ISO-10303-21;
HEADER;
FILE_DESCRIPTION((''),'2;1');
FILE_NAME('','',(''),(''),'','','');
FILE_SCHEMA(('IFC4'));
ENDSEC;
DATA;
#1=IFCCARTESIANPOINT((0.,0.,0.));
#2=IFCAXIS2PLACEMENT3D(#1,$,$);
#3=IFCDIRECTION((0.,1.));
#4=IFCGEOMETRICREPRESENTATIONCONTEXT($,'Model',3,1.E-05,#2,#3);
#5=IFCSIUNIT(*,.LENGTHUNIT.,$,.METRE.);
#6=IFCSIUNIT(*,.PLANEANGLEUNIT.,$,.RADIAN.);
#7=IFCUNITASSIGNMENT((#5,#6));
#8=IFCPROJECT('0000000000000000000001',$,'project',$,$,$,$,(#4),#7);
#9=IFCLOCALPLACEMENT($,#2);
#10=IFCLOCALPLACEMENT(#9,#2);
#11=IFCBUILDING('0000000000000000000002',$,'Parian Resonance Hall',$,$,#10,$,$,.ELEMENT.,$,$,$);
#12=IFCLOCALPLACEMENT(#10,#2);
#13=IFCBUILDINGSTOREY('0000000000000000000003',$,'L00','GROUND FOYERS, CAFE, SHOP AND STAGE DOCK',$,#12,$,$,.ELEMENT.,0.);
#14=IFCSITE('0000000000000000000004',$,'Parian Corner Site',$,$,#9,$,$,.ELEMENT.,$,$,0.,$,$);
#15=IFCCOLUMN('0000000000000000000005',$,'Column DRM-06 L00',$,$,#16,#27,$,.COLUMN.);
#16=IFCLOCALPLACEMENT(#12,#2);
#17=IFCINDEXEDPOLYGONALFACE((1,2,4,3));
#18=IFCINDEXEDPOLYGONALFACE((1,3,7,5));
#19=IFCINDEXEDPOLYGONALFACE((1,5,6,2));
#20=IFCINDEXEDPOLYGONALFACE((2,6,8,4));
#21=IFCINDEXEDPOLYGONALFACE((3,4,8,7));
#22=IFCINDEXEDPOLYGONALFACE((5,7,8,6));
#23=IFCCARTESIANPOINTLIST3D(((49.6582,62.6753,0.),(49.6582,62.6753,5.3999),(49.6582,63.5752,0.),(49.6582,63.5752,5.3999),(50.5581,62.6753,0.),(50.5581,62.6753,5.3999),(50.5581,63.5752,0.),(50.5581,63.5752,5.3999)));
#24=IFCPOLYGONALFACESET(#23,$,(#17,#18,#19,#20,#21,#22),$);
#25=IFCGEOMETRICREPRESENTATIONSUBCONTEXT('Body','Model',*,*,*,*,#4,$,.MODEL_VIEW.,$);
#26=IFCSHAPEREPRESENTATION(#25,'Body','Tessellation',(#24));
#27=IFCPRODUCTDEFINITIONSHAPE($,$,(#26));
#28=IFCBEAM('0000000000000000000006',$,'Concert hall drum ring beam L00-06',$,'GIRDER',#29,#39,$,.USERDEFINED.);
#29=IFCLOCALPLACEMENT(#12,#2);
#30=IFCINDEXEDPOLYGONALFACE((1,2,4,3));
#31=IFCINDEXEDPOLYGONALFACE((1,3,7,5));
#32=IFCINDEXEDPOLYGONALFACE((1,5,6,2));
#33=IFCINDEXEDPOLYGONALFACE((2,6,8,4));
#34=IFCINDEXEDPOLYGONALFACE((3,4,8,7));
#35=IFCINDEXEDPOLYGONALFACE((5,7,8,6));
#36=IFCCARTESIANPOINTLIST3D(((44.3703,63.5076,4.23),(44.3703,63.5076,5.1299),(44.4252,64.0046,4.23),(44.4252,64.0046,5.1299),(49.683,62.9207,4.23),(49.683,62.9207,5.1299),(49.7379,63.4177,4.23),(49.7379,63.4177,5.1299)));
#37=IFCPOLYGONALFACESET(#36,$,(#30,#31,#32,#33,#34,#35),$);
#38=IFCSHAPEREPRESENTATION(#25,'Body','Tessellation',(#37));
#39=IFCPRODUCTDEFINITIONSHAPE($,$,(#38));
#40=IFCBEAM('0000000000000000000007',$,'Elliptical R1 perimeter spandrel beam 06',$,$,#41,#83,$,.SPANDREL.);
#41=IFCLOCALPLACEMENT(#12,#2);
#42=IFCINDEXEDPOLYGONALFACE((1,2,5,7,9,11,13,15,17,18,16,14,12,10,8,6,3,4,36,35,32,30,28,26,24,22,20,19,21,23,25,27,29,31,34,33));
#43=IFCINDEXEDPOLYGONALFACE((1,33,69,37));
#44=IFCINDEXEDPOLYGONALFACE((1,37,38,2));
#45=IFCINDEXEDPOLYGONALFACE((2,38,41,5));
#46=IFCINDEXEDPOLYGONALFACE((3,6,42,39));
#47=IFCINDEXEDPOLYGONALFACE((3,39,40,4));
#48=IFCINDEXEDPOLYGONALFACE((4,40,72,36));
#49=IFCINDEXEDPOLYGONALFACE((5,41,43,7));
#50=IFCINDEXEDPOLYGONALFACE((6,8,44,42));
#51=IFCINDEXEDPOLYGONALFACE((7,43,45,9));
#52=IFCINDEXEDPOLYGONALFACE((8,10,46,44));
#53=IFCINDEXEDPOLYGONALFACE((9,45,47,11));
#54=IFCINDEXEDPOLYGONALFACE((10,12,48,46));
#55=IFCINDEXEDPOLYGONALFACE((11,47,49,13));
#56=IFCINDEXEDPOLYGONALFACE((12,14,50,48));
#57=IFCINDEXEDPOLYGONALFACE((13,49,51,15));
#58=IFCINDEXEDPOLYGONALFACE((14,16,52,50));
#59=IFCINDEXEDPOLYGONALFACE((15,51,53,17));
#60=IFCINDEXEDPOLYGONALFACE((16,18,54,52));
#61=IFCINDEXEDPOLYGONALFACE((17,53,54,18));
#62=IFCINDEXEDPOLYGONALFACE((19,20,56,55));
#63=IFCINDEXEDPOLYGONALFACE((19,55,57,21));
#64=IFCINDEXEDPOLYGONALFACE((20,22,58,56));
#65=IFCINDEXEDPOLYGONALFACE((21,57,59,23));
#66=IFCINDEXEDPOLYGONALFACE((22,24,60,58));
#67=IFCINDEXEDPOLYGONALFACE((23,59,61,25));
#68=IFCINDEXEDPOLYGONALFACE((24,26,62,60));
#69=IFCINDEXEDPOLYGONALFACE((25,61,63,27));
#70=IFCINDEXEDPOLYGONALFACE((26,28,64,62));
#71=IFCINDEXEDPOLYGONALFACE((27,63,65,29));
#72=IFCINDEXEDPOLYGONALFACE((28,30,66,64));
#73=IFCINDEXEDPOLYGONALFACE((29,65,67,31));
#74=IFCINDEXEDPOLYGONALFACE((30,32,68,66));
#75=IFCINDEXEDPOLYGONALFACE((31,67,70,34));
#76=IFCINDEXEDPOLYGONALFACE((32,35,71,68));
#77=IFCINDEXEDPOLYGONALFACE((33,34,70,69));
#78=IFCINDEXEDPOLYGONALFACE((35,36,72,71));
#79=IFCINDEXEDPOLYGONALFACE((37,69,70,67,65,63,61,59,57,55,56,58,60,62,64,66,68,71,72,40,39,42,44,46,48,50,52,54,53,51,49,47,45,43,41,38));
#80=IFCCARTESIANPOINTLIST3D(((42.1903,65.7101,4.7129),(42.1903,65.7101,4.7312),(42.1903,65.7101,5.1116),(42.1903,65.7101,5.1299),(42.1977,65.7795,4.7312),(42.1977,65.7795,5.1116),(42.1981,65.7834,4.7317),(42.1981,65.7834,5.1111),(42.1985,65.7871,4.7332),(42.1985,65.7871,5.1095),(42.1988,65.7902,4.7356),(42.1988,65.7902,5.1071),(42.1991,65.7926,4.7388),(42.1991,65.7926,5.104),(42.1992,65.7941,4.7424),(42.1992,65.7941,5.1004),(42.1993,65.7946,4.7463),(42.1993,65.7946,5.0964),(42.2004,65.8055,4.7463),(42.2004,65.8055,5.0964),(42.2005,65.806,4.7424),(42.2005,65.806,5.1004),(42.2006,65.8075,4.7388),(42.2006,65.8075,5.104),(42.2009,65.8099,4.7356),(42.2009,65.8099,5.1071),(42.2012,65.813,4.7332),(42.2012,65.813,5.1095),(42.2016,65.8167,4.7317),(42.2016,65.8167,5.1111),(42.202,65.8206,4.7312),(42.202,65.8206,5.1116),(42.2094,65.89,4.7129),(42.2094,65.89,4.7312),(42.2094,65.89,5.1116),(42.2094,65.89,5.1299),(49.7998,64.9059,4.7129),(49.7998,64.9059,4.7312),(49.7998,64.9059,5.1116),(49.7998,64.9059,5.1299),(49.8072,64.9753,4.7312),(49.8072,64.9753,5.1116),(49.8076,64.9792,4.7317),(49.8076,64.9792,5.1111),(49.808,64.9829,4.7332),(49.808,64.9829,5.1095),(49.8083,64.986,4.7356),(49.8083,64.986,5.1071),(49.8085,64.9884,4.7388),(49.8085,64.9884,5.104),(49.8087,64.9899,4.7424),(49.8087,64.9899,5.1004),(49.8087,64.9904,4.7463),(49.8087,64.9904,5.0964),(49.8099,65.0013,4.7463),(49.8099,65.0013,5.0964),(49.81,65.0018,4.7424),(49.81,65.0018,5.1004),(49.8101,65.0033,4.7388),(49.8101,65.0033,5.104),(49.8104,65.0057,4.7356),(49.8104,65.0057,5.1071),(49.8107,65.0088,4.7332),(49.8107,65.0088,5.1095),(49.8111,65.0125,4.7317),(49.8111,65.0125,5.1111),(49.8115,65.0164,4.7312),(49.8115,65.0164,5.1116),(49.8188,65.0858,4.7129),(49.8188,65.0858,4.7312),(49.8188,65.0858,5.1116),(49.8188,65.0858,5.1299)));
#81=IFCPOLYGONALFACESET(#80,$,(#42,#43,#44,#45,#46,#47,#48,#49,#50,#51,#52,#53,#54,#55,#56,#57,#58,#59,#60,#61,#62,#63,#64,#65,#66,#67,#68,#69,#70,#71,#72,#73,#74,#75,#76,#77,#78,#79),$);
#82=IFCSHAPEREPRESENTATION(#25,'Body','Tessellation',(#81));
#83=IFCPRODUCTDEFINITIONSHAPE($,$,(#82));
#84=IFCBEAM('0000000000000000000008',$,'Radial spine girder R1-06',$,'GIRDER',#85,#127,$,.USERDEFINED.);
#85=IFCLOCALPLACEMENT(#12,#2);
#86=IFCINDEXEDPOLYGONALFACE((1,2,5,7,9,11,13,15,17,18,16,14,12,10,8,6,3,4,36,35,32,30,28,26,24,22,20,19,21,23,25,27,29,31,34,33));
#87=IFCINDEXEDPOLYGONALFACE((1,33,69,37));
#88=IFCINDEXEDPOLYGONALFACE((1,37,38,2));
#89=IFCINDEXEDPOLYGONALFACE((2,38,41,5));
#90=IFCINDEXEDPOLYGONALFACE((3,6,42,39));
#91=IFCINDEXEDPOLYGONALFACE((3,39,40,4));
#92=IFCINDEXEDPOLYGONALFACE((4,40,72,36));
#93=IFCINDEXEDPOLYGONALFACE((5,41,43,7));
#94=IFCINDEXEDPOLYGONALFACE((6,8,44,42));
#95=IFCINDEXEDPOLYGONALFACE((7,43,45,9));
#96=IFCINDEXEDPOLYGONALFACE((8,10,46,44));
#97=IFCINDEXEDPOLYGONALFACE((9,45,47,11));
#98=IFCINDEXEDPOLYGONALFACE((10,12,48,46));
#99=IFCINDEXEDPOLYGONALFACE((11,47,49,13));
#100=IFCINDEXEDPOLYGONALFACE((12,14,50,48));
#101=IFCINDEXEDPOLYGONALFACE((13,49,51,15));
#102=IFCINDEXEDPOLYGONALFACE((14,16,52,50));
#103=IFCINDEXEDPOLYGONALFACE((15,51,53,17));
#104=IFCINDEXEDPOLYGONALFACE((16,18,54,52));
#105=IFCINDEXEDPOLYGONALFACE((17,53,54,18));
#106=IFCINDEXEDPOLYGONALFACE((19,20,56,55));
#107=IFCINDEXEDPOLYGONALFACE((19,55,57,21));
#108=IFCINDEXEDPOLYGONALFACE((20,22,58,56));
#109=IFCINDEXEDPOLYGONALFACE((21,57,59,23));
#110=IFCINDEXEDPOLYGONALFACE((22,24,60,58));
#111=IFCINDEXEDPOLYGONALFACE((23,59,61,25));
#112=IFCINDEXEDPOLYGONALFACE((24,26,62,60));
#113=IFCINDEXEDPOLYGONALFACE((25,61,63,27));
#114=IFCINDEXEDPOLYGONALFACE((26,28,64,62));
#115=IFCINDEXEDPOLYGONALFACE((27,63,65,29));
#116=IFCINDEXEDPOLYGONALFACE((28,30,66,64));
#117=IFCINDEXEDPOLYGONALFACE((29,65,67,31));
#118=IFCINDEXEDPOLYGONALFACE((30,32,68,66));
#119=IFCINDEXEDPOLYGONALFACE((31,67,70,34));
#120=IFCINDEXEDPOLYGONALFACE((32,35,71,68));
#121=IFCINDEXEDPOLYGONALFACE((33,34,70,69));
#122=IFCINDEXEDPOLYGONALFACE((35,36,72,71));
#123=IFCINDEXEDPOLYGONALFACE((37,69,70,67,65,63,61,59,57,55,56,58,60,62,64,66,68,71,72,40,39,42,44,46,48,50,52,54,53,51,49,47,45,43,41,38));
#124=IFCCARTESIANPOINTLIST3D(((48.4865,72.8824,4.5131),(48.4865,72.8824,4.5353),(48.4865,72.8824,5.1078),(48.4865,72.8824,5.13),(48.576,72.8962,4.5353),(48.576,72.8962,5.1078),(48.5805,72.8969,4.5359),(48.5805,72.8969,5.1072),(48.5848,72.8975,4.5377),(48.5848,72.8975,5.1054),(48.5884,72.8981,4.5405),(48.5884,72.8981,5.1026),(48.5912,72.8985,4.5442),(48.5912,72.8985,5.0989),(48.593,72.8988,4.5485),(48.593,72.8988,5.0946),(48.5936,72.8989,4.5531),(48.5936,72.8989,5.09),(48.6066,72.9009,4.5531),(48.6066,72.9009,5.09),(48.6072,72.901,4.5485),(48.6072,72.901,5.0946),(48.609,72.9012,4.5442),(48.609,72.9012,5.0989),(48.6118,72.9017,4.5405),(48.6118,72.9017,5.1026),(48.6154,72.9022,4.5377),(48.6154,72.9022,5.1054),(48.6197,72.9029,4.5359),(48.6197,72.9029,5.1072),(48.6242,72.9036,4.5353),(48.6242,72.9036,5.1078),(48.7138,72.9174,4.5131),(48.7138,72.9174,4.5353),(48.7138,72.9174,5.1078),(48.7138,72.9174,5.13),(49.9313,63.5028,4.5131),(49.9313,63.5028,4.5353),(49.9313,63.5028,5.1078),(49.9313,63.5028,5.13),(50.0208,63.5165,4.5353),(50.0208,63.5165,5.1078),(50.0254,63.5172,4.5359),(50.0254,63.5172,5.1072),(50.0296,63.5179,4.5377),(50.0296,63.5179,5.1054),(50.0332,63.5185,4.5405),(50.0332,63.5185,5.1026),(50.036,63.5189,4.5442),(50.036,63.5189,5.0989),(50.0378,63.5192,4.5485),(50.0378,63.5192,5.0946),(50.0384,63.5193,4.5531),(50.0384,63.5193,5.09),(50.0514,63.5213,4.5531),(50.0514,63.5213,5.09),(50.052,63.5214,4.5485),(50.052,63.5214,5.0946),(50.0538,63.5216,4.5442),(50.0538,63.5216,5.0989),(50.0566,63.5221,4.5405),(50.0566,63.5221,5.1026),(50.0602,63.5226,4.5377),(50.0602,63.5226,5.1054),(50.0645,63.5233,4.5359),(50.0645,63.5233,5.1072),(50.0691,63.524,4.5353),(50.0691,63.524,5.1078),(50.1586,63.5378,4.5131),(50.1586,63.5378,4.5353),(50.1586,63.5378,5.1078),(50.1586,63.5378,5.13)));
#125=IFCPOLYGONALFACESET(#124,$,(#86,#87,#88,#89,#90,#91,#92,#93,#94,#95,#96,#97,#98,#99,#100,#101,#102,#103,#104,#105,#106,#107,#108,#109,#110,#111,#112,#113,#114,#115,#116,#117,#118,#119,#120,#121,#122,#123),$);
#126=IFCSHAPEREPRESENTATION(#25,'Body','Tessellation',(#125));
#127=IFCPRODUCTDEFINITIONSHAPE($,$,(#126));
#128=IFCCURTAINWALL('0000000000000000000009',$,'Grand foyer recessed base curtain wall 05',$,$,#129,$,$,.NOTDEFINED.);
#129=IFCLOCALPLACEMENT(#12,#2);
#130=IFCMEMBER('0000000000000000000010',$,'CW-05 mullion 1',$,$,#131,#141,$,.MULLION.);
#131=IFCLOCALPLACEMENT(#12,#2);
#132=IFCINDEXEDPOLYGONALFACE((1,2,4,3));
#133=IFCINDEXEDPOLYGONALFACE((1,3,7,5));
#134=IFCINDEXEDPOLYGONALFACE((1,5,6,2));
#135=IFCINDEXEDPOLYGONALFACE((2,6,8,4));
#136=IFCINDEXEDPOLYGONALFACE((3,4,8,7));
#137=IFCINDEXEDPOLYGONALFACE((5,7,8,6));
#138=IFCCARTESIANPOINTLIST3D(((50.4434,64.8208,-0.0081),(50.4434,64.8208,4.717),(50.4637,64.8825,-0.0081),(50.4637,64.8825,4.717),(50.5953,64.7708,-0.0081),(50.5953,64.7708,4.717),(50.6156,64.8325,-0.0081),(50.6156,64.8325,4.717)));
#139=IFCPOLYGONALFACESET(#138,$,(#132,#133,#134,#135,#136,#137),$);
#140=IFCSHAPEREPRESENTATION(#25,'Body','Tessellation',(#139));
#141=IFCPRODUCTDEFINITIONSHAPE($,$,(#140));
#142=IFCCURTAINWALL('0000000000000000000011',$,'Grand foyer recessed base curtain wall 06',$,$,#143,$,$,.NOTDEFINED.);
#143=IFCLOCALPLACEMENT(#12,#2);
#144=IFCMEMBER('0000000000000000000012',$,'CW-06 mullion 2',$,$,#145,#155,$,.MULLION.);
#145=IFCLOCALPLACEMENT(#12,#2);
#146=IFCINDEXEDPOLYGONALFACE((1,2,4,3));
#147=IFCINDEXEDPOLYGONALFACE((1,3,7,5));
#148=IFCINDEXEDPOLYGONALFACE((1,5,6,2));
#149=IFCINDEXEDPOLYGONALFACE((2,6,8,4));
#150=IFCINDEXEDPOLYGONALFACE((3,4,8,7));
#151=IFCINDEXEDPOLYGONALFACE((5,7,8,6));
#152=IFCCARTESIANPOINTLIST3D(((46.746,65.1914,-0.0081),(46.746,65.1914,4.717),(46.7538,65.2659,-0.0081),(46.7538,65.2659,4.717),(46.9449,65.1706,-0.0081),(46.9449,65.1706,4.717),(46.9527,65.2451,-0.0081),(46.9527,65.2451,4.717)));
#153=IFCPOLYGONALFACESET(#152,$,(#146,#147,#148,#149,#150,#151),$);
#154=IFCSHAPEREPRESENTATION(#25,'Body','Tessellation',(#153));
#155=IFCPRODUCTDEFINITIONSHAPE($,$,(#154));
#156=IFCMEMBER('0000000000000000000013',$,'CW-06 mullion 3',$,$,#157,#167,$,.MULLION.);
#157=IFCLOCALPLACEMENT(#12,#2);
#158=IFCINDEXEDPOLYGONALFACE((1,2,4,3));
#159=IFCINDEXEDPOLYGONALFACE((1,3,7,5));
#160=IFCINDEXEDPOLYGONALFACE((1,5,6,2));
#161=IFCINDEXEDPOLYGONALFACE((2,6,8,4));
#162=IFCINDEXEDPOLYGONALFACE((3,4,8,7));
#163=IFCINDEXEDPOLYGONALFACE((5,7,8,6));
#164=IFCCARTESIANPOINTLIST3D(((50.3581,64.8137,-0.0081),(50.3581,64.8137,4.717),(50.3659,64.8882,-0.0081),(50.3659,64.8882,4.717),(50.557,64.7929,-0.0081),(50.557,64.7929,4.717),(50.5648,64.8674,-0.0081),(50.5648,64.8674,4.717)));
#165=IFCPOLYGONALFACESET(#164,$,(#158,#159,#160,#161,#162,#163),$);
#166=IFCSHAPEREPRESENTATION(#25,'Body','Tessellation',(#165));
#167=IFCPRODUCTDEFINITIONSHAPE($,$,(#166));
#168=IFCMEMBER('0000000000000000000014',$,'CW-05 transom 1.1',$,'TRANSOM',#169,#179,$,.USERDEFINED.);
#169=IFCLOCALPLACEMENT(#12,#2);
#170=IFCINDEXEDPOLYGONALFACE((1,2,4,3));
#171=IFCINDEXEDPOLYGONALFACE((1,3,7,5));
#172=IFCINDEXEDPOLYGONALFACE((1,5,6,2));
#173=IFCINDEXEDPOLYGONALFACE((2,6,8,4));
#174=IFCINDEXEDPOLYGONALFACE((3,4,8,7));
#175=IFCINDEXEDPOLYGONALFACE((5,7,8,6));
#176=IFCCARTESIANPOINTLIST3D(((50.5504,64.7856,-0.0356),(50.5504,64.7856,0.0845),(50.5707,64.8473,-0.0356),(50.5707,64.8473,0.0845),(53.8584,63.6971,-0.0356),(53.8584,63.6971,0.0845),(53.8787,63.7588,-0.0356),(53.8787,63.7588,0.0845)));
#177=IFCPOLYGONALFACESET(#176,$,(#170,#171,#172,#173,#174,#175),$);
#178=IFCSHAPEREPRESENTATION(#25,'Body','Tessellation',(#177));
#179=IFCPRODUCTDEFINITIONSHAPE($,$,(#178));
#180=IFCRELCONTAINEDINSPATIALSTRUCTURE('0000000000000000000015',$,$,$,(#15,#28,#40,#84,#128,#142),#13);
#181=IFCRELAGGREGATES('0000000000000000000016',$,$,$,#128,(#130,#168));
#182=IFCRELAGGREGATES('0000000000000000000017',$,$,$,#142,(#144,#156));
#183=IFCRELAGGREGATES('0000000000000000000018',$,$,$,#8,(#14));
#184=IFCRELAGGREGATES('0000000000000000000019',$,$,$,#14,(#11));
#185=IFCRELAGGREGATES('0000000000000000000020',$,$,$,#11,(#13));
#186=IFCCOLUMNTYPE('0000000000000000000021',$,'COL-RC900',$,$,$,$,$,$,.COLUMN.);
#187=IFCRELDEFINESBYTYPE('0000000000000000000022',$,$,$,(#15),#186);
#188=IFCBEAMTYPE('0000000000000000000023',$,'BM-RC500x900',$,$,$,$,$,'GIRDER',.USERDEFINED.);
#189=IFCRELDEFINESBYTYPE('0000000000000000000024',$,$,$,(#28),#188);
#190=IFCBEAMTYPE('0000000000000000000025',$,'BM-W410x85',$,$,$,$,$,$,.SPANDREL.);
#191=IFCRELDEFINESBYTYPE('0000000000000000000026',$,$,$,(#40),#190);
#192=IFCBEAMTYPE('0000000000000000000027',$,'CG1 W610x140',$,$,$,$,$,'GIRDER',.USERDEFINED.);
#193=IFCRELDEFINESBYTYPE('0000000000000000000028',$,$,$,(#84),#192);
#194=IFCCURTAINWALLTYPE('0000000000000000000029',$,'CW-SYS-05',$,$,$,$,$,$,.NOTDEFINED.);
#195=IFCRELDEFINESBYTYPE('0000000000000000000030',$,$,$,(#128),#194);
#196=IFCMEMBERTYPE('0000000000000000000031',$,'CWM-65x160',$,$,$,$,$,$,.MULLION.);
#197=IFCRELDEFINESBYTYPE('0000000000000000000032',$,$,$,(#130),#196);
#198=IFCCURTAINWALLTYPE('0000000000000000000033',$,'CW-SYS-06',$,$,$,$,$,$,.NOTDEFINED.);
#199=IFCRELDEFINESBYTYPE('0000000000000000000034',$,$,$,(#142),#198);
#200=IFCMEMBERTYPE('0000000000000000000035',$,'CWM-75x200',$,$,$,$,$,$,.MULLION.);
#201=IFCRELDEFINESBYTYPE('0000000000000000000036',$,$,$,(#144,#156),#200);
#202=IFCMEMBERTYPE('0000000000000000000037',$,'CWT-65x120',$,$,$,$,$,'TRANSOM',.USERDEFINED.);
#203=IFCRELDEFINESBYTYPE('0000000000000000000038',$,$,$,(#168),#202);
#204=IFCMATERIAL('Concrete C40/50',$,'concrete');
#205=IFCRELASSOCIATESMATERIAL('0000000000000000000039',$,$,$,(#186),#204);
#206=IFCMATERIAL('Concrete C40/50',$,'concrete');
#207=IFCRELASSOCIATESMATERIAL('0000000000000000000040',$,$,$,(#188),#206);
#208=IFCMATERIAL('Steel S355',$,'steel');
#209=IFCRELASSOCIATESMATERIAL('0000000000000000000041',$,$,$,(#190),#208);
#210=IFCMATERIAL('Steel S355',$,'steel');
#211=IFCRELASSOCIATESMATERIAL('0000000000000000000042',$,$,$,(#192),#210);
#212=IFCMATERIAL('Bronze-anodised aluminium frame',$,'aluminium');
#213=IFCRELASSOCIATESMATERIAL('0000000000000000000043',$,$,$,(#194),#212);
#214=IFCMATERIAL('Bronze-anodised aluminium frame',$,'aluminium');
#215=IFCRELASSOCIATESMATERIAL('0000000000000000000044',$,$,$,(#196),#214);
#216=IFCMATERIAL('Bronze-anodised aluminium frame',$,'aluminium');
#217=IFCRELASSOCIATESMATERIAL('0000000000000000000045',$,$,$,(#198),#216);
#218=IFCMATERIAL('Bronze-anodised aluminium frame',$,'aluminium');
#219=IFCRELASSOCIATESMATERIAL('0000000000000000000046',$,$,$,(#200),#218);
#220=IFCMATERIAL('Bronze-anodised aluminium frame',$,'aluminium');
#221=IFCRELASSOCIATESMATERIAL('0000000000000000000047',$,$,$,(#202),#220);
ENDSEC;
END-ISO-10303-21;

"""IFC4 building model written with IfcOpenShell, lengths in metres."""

from ifc_helpers import new_model, si_unit, direction, frame, origin, origin_2d, place, context, subcontext, project, spatial, rectangle, i_section, extrude, material, material_profile, profile_set, type_object, element, aggregate, save


model = new_model("IFC4")

# Units and contexts
model_context = context("Model", 3, precision=1e-05, world=origin(), true_north=direction((0.0, 1.0)))
body_context = subcontext(model_context, "Body", "Model", "MODEL_VIEW")
ifc_project = project(units=[si_unit("LENGTHUNIT", "METRE"), si_unit("PLANEANGLEUNIT", "RADIAN")], contexts=[model_context])

# Site, building, storey
site_placement = place(None, origin())
site = spatial("IfcSite", under=ifc_project, at=site_placement, Name="Parian Corner Site", CompositionType="ELEMENT", RefElevation=0.0)
building_placement = place(site_placement, origin())
building = spatial("IfcBuilding", under=site, at=building_placement, Name="Parian Resonance Hall", CompositionType="ELEMENT")
storey_placement = place(building_placement, origin())
storey = spatial("IfcBuildingStorey", under=building, at=storey_placement, Name="L00", Description="GROUND FOYERS, CAFE, SHOP AND STAGE DOCK", CompositionType="ELEMENT", Elevation=0.0)

# Column
ifc_material_1 = material(Name="Concrete C40/50", Category="concrete")
ifc_material_profile_1 = material_profile(ifc_material_1, rectangle(XDim=0.8999, YDim=0.8999, at=origin_2d()), Name="RC-COL-900x900")
ifc_profile_set_1 = profile_set([ifc_material_profile_1], Name="Concrete C40/50")
column_type = type_object("IfcColumnType", Name="COL-RC900", PredefinedType="COLUMN", material=ifc_profile_set_1)
column_placement = place(storey_placement, frame((50.1082, 63.1252, 0.0), z_axis=(0.0, 0.0, 1.0), x_axis=(1.0, 0.0, 0.0)))
element("IfcColumn", 1, at=column_placement, inside=storey, type_object=column_type, Name="Column DRM-06 L00", PredefinedType="COLUMN", context=body_context, shape_type="SweptSolid", body=[
    extrude(rectangle(XDim=0.8999, YDim=0.8999, at=origin_2d()), origin(), (0.0, 0.0, 1.0), 5.3999),
])

# Beams
ifc_material_2 = material(Name="Concrete C40/50", Category="concrete")
ifc_material_profile_2 = material_profile(ifc_material_2, rectangle(XDim=0.5, YDim=0.8999, at=origin_2d()), Name="RC-BM-500x900")
ifc_profile_set_2 = profile_set([ifc_material_profile_2], Name="Concrete C40/50")
beam_type_1 = type_object("IfcBeamType", Name="BM-RC500x900", ElementType="GIRDER", PredefinedType="USERDEFINED", material=ifc_profile_set_2)
beam_1_placement = place(storey_placement, frame((49.7104, 63.1692, 4.6799), z_axis=(-0.993953, 0.109805, 0.0), x_axis=(-0.109805, -0.993953, 0.0)))
element("IfcBeam", 2, at=beam_1_placement, inside=storey, type_object=beam_type_1, Name="Concert hall drum ring beam L00-06", ObjectType="GIRDER", PredefinedType="USERDEFINED", context=body_context, shape_type="SweptSolid", body=[
    extrude(rectangle(XDim=0.5, YDim=0.8999, at=origin_2d()), origin(), (0.0, 0.0, 1.0), 5.345),
])
ifc_material_3 = material(Name="Steel S355", Category="steel")
ifc_material_profile_3 = material_profile(ifc_material_3, i_section(OverallWidth=0.1809, OverallDepth=0.417, WebThickness=0.011, FlangeThickness=0.0183, FilletRadius=0.0151, at=origin_2d()), Name="W410x85")
ifc_profile_set_3 = profile_set([ifc_material_profile_3], Name="Steel S355")
beam_type_2 = type_object("IfcBeamType", Name="BM-W410x85", PredefinedType="SPANDREL", material=ifc_profile_set_3)
beam_2_placement = place(storey_placement, frame((49.8093, 64.9958, 4.9214), z_axis=(-0.994462, 0.1051, 0.0), x_axis=(-0.1051, -0.994462, 0.0)))
element("IfcBeam", 3, at=beam_2_placement, inside=storey, type_object=beam_type_2, Name="Elliptical R1 perimeter spandrel beam 06", PredefinedType="SPANDREL", context=body_context, shape_type="SweptSolid", body=[
    extrude(i_section(OverallWidth=0.1809, OverallDepth=0.417, WebThickness=0.011, FlangeThickness=0.0183, FilletRadius=0.0151, at=origin_2d()), origin(), (0.0, 0.0, 1.0), 7.6519),
])
ifc_material_4 = material(Name="Steel S355", Category="steel")
ifc_material_profile_4 = material_profile(ifc_material_4, i_section(OverallWidth=0.23, OverallDepth=0.6169, WebThickness=0.0132, FlangeThickness=0.0222, FilletRadius=0.0178, at=origin_2d()), Name="W610x140")
ifc_profile_set_4 = profile_set([ifc_material_profile_4], Name="Steel S355")
beam_type_3 = type_object("IfcBeamType", Name="CG1 W610x140", ElementType="GIRDER", PredefinedType="USERDEFINED", material=ifc_profile_set_4)
beam_3_placement = place(storey_placement, frame((50.0449, 63.5203, 4.8215), z_axis=(-0.152243, 0.988343, 0.0), x_axis=(-0.988343, -0.152243, 0.0)))
element("IfcBeam", 4, at=beam_3_placement, inside=storey, type_object=beam_type_3, Name="Radial spine girder R1-06", ObjectType="GIRDER", PredefinedType="USERDEFINED", context=body_context, shape_type="SweptSolid", body=[
    extrude(i_section(OverallWidth=0.23, OverallDepth=0.6169, WebThickness=0.0132, FlangeThickness=0.0222, FilletRadius=0.0178, at=origin_2d()), origin(), (0.0, 0.0, 1.0), 9.4902),
])

# Curtain wall, member
ifc_material_5 = material(Name="Bronze-anodised aluminium frame", Category="aluminium")
curtain_wall_type_1 = type_object("IfcCurtainWallType", Name="CW-SYS-05", PredefinedType="NOTDEFINED", material=ifc_material_5)
curtain_wall_1_placement = place(storey_placement, origin())
curtain_wall_1 = element("IfcCurtainWall", 5, at=curtain_wall_1_placement, inside=storey, type_object=curtain_wall_type_1, Name="Grand foyer recessed base curtain wall 05", PredefinedType="NOTDEFINED")
ifc_material_6 = material(Name="Bronze-anodised aluminium frame", Category="aluminium")
ifc_material_profile_5 = material_profile(ifc_material_6, rectangle(XDim=0.0649, YDim=0.1599, at=origin_2d()), Name="CWM-65x160")
ifc_profile_set_5 = profile_set([ifc_material_profile_5], Name="Bronze-anodised aluminium frame")
member_type_1 = type_object("IfcMemberType", Name="CWM-65x160", PredefinedType="MULLION", material=ifc_profile_set_5)
member_1_placement = place(storey_placement, frame((50.5295, 64.8267, -0.0081), z_axis=(0.0, 0.0, 1.0), x_axis=(0.31253, 0.949908, 0.0)))
member_1 = element("IfcMember", 6, at=member_1_placement, type_object=member_type_1, Name="CW-05 mullion 1", PredefinedType="MULLION", context=body_context, shape_type="SweptSolid", body=[
    extrude(rectangle(XDim=0.0649, YDim=0.1599, at=origin_2d()), origin(), (0.0, 0.0, 1.0), 4.7251),
])

# Curtain wall, members
ifc_material_7 = material(Name="Bronze-anodised aluminium frame", Category="aluminium")
curtain_wall_type_2 = type_object("IfcCurtainWallType", Name="CW-SYS-06", PredefinedType="NOTDEFINED", material=ifc_material_7)
curtain_wall_2_placement = place(storey_placement, origin())
curtain_wall_2 = element("IfcCurtainWall", 7, at=curtain_wall_2_placement, inside=storey, type_object=curtain_wall_type_2, Name="Grand foyer recessed base curtain wall 06", PredefinedType="NOTDEFINED")
ifc_material_8 = material(Name="Bronze-anodised aluminium frame", Category="aluminium")
ifc_material_profile_6 = material_profile(ifc_material_8, rectangle(XDim=0.075, YDim=0.2, at=origin_2d()), Name="CWM-75x200")
ifc_profile_set_6 = profile_set([ifc_material_profile_6], Name="Bronze-anodised aluminium frame")
member_type_2 = type_object("IfcMemberType", Name="CWM-75x200", PredefinedType="MULLION", material=ifc_profile_set_6)
member_2_placement = place(storey_placement, frame((46.8494, 65.2183, -0.0081), z_axis=(0.0, 0.0, 1.0), x_axis=(0.104013, 0.994576, 0.0)))
member_2 = element("IfcMember", 8, at=member_2_placement, type_object=member_type_2, Name="CW-06 mullion 2", PredefinedType="MULLION", context=body_context, shape_type="SweptSolid", body=[
    extrude(rectangle(XDim=0.075, YDim=0.2, at=origin_2d()), origin(), (0.0, 0.0, 1.0), 4.7251),
])
member_3_placement = place(storey_placement, frame((50.4614, 64.8406, -0.0081), z_axis=(0.0, 0.0, 1.0), x_axis=(0.104013, 0.994576, 0.0)))
member_3 = element("IfcMember", 9, at=member_3_placement, type_object=member_type_2, Name="CW-06 mullion 3", PredefinedType="MULLION", context=body_context, shape_type="SweptSolid", body=[
    extrude(rectangle(XDim=0.075, YDim=0.2, at=origin_2d()), origin(), (0.0, 0.0, 1.0), 4.7251),
])

# Member
ifc_material_9 = material(Name="Bronze-anodised aluminium frame", Category="aluminium")
ifc_material_profile_7 = material_profile(ifc_material_9, rectangle(XDim=0.0649, YDim=0.1201, at=origin_2d()), Name="CWT-65x120")
ifc_profile_set_7 = profile_set([ifc_material_profile_7], Name="Bronze-anodised aluminium frame")
member_type_3 = type_object("IfcMemberType", Name="CWT-65x120", ElementType="TRANSOM", PredefinedType="USERDEFINED", material=ifc_profile_set_7)
member_4_placement = place(storey_placement, frame((50.5605, 64.8164, 0.0244), z_axis=(0.949903, -0.312545, 0.0), x_axis=(0.312545, 0.949903, 0.0)))
member_4 = element("IfcMember", 10, at=member_4_placement, type_object=member_type_3, Name="CW-05 transom 1.1", ObjectType="TRANSOM", PredefinedType="USERDEFINED", context=body_context, shape_type="SweptSolid", body=[
    extrude(rectangle(XDim=0.0649, YDim=0.1201, at=origin_2d()), origin(), (0.0, 0.0, 1.0), 3.4824),
])
aggregate(curtain_wall_1, [member_1, member_4])

aggregate(curtain_wall_2, [member_2, member_3])

save(model, "model.ifc")
